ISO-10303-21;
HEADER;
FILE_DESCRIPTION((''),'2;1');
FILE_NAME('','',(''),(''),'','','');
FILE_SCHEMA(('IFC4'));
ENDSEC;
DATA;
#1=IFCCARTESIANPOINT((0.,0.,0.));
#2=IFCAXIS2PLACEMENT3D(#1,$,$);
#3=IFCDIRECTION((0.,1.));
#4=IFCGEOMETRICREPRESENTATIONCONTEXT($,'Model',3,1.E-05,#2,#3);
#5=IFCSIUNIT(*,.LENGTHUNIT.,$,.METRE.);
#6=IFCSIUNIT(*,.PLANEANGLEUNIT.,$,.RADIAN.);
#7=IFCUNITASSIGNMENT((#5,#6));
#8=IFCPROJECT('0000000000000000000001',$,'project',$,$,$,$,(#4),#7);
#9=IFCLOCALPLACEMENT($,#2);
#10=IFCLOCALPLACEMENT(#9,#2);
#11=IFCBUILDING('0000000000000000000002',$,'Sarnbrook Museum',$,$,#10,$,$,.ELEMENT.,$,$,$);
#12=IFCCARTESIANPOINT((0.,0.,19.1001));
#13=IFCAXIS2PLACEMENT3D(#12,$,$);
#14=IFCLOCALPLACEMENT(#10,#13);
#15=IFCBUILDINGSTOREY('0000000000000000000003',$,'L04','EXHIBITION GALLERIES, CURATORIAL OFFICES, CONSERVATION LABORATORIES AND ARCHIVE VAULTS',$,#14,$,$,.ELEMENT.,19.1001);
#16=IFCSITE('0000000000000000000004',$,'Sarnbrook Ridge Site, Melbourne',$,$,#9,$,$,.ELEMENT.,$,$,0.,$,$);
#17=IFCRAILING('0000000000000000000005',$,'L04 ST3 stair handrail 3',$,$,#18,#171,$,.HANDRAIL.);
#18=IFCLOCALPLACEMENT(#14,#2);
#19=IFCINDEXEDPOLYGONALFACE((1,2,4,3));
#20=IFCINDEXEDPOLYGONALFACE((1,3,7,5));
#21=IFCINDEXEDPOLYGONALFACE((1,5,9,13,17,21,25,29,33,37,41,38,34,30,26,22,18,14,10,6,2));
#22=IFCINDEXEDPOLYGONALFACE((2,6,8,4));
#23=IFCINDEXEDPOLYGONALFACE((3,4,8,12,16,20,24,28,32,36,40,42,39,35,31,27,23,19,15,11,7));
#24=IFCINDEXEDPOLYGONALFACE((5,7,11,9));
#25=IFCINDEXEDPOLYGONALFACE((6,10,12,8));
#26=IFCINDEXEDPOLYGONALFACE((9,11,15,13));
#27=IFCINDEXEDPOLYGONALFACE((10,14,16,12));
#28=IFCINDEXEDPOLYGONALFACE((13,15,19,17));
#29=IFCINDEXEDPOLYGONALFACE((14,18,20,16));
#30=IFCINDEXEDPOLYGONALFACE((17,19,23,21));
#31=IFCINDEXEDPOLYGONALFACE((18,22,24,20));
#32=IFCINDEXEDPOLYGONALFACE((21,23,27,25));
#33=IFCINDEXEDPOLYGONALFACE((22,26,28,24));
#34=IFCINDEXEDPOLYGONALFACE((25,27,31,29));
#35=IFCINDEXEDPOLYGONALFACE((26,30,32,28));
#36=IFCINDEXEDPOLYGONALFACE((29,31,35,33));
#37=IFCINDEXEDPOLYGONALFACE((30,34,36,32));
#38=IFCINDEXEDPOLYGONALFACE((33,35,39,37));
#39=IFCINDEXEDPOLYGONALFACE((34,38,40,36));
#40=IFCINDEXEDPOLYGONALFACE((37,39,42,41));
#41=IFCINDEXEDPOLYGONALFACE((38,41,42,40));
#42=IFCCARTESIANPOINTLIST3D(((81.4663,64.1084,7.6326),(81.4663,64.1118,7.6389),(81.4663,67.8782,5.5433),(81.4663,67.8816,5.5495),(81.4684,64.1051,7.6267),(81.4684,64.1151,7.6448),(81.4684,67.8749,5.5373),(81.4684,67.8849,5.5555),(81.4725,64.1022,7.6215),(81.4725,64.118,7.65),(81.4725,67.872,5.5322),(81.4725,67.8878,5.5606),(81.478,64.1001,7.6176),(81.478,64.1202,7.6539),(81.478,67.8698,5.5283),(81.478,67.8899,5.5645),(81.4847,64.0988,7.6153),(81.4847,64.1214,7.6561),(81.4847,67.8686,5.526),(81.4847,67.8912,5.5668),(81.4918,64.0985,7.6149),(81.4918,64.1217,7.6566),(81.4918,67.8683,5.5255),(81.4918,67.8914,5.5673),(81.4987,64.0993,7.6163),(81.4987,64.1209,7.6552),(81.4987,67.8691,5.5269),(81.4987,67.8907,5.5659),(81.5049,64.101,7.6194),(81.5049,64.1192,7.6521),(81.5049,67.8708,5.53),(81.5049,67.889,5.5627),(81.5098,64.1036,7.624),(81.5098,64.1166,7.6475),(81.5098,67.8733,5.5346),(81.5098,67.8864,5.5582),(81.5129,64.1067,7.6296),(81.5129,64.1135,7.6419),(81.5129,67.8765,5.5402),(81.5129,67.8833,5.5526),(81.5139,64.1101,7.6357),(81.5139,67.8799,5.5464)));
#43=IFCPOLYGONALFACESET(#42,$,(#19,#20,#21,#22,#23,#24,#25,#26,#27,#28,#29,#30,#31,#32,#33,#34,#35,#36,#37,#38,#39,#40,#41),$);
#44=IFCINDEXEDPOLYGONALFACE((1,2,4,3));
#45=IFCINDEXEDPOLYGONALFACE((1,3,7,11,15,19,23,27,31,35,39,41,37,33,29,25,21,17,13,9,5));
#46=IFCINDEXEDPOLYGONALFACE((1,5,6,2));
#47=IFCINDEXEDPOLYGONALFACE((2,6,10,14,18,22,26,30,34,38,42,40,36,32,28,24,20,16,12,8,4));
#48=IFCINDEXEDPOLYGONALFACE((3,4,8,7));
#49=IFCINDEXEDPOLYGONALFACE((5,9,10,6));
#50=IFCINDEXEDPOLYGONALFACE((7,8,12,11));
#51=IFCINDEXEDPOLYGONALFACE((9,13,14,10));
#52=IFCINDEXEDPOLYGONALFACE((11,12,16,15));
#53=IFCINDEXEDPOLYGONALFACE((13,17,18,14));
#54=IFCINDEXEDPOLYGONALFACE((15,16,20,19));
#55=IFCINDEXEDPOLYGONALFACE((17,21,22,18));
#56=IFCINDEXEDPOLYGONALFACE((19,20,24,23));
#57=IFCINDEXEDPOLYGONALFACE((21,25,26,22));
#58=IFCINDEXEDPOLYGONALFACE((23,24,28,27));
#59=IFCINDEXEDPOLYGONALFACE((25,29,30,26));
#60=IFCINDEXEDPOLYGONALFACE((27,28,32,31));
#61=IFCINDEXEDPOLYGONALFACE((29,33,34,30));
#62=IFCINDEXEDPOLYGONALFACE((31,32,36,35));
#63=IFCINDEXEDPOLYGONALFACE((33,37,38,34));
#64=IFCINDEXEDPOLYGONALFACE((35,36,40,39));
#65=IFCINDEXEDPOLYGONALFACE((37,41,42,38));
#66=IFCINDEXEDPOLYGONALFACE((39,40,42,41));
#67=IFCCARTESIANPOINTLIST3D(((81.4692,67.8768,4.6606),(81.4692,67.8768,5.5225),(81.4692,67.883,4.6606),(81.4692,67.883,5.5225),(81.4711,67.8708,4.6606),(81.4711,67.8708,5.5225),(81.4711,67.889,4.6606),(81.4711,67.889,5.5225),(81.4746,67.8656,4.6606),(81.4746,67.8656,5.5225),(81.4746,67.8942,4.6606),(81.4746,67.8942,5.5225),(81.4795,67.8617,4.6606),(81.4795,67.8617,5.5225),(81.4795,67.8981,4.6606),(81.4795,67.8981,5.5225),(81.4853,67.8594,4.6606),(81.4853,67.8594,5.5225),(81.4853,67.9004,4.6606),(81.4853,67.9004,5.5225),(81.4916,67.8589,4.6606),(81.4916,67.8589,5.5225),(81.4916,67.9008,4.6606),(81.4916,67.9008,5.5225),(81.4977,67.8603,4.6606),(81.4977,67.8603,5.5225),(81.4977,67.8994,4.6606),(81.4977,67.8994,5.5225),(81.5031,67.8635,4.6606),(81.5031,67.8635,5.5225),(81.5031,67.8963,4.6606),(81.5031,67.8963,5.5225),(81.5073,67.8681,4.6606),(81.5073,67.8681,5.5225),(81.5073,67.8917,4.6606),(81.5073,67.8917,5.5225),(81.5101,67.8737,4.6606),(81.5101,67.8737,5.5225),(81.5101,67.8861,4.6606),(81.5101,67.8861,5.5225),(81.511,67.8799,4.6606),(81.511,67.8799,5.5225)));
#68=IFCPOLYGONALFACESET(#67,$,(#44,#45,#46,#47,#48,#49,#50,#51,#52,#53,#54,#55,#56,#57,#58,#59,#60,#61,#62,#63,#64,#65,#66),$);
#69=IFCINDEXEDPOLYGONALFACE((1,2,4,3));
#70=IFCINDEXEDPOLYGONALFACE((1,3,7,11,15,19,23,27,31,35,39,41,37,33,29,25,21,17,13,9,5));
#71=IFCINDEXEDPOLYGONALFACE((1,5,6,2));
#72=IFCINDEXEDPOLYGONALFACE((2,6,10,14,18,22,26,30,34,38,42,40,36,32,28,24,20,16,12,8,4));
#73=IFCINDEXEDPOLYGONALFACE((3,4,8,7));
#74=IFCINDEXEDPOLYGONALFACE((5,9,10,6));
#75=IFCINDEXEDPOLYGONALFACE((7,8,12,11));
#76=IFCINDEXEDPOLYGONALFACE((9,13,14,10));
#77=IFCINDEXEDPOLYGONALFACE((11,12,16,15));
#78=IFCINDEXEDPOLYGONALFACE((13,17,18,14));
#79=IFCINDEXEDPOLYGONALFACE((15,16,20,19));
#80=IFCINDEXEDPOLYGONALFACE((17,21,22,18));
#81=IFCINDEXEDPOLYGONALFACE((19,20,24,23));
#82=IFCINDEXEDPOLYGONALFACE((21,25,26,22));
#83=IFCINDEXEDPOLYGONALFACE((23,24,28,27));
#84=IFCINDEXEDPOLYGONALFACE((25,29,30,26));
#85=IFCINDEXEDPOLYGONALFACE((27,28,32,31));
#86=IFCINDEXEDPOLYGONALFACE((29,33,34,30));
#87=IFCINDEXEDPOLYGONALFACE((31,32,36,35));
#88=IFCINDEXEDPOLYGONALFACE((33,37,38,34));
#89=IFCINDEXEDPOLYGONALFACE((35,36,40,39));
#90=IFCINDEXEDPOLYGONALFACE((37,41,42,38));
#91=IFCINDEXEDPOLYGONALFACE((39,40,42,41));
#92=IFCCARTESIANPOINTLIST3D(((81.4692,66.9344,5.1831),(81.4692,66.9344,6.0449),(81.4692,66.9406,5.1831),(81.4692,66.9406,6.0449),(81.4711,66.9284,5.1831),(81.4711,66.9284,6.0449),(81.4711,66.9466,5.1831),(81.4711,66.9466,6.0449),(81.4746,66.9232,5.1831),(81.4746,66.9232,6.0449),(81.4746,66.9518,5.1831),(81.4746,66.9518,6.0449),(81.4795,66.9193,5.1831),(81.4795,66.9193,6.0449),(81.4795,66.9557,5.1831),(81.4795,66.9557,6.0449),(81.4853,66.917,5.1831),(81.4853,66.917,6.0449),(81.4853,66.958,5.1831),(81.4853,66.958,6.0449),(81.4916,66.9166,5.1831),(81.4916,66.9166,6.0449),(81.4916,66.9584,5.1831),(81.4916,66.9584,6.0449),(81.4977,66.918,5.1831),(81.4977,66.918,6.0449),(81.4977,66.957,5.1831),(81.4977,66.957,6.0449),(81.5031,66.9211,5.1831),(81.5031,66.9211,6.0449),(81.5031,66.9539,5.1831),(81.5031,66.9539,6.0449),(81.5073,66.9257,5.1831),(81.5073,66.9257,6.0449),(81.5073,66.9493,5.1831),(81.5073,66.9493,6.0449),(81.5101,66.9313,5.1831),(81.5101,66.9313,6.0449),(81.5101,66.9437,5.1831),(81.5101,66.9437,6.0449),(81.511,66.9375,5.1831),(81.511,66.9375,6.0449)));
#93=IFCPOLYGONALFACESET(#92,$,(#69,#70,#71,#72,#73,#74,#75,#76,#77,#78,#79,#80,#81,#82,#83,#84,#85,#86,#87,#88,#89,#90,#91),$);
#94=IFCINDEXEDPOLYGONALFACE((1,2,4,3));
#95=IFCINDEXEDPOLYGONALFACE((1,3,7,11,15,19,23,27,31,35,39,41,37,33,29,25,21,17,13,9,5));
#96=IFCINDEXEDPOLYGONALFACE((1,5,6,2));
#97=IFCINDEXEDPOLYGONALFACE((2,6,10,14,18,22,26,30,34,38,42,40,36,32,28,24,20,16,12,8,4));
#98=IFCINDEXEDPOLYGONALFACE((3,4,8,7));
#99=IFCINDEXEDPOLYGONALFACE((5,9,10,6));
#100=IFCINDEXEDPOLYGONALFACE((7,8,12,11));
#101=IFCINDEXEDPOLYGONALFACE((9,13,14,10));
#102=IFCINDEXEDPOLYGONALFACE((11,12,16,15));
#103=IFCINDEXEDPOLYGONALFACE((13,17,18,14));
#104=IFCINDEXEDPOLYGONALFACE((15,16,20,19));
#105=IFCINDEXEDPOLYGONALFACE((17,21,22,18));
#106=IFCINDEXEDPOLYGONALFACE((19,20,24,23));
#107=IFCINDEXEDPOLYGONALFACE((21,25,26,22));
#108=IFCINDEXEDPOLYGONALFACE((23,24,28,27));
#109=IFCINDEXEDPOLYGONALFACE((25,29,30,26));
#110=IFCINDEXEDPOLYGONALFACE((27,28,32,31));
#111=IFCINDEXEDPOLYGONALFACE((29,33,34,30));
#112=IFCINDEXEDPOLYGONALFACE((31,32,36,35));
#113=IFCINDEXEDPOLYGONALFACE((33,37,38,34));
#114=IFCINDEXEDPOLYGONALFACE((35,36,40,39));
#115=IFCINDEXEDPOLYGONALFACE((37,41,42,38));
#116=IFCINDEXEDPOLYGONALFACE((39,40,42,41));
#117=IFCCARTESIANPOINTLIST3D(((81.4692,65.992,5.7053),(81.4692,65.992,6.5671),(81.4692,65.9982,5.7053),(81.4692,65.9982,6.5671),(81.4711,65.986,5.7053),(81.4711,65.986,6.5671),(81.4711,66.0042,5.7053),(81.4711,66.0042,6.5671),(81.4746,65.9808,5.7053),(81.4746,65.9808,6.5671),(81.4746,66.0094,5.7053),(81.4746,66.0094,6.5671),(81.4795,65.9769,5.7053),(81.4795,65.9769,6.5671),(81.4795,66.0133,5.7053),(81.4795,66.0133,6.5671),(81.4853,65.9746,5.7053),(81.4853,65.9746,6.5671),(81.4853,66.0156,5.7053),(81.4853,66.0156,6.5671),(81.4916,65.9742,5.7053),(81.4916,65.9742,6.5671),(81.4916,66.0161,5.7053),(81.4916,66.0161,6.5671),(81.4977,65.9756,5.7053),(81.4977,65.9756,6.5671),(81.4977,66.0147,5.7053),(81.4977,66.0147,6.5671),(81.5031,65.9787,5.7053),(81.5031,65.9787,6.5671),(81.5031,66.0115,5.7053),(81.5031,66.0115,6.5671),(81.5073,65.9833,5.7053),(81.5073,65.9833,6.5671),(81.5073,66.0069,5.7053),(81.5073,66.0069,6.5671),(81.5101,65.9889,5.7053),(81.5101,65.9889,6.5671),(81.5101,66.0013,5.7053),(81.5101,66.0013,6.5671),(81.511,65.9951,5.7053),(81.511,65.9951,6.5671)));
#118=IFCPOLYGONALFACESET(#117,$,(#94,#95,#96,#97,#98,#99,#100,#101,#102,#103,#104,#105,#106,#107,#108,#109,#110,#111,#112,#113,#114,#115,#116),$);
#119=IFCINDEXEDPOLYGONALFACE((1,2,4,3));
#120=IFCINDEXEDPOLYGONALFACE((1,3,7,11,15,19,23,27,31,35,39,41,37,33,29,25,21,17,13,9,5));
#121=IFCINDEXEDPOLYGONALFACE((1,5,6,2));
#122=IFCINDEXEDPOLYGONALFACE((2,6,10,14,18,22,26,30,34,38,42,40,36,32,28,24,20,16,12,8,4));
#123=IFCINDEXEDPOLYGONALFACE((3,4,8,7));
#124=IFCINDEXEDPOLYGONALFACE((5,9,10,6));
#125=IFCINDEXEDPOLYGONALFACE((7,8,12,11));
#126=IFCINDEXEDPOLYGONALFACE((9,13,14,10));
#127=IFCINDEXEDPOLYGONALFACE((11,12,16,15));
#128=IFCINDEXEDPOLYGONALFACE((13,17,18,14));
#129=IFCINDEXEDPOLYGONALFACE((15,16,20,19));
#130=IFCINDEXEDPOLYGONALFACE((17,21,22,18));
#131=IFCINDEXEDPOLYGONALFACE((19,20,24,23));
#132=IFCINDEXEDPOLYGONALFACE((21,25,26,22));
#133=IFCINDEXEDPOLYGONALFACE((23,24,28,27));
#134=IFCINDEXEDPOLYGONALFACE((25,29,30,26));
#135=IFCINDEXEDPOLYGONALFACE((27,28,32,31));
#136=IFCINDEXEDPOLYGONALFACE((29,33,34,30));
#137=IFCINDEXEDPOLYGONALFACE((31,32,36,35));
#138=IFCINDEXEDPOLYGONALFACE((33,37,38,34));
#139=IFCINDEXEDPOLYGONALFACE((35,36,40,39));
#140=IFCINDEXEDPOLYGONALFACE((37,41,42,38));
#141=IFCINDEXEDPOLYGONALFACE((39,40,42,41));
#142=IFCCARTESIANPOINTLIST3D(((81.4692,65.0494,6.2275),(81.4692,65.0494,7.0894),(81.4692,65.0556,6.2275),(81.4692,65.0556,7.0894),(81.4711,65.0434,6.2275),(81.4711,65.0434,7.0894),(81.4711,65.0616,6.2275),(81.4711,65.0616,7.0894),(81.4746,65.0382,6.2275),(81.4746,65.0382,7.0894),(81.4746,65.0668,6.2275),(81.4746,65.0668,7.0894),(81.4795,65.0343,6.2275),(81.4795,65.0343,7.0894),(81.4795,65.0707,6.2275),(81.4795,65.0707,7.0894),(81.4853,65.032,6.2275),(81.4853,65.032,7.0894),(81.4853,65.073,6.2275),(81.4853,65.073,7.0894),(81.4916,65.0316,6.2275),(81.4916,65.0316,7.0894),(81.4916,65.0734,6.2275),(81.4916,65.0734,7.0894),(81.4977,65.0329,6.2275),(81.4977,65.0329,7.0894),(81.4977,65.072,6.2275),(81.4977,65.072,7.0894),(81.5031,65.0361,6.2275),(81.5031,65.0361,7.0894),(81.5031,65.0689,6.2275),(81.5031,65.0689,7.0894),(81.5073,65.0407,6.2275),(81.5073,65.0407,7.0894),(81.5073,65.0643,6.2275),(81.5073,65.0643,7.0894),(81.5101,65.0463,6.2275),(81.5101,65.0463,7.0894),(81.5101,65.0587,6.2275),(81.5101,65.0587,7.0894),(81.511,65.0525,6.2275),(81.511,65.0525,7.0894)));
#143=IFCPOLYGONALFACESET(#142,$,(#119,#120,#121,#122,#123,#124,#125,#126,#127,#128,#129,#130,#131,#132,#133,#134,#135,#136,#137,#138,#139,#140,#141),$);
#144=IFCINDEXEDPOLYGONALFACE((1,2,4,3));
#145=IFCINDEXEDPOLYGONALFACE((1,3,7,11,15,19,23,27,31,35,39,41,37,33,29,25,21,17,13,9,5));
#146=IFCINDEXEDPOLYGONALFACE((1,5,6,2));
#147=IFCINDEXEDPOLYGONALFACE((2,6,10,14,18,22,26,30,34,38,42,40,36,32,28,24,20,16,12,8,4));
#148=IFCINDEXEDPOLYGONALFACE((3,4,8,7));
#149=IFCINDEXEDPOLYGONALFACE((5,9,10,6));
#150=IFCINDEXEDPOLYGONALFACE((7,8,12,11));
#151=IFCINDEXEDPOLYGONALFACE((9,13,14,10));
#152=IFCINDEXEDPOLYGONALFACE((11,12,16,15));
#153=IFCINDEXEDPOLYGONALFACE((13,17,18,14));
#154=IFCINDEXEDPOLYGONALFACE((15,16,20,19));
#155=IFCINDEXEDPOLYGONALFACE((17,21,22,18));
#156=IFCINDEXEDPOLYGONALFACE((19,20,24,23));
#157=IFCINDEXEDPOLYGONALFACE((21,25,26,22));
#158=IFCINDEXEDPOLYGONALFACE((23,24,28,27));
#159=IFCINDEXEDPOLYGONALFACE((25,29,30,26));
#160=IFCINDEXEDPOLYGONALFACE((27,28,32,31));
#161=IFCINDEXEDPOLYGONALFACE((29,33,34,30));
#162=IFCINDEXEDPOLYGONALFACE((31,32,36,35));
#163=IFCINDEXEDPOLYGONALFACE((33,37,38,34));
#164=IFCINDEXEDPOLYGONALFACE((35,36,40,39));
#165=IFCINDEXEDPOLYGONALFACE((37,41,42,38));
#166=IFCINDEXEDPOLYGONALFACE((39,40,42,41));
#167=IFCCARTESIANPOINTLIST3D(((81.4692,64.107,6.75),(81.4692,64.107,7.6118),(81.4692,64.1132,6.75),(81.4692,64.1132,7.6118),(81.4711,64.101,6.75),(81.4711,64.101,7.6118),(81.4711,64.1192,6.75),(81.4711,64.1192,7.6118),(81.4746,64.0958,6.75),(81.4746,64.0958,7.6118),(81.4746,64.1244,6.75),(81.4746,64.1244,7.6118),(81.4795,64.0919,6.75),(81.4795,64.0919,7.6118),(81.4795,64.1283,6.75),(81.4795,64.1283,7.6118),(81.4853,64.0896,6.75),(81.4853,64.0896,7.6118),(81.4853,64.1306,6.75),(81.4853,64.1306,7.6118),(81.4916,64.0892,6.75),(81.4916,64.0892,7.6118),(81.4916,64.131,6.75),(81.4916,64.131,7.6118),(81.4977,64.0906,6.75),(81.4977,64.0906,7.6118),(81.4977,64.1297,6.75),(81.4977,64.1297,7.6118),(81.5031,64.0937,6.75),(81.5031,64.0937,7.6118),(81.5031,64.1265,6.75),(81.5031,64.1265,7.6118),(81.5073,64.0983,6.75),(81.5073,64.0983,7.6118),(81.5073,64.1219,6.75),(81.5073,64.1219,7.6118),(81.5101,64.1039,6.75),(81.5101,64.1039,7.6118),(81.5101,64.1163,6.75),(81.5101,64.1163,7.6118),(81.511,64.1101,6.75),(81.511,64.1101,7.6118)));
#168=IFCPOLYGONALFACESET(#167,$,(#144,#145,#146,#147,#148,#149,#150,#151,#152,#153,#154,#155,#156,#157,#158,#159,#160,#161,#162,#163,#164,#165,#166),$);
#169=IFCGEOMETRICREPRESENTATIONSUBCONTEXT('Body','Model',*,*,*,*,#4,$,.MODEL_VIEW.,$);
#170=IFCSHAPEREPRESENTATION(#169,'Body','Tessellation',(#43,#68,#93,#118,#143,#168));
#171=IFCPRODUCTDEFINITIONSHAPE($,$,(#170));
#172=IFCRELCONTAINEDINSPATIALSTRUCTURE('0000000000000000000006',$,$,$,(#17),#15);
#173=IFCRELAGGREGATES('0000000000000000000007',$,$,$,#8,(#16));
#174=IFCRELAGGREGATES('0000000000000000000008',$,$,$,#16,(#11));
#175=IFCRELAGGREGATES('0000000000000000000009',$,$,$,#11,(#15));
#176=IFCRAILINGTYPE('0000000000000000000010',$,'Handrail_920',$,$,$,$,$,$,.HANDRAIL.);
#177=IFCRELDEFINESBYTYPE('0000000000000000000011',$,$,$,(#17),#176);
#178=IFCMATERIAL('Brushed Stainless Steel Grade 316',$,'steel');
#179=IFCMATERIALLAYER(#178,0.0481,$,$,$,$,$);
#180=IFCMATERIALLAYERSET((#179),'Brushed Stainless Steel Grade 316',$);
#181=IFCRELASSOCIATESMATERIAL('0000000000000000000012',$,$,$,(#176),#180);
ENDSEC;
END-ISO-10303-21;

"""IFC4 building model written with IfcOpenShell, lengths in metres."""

from ifc_helpers import new_model, si_unit, direction, frame, origin, origin_2d, place, context, subcontext, project, spatial, circle, extrude, material, layer, layer_set, type_object, element, save


model = new_model("IFC4")

# Units and contexts
model_context = context("Model", 3, precision=1e-05, world=origin(), true_north=direction((0.0, 1.0)))
body_context = subcontext(model_context, "Body", "Model", "MODEL_VIEW")
ifc_project = project(units=[si_unit("LENGTHUNIT", "METRE"), si_unit("PLANEANGLEUNIT", "RADIAN")], contexts=[model_context])

# Site, building, storey
site_placement = place(None, origin())
site = spatial("IfcSite", under=ifc_project, at=site_placement, Name="Sarnbrook Ridge Site, Melbourne", CompositionType="ELEMENT", RefElevation=0.0)
building_placement = place(site_placement, origin())
building = spatial("IfcBuilding", under=site, at=building_placement, Name="Sarnbrook Museum", CompositionType="ELEMENT")
storey_placement = place(building_placement, frame((0.0, 0.0, 19.1001)))
storey = spatial("IfcBuildingStorey", under=building, at=storey_placement, Name="L04", Description="EXHIBITION GALLERIES, CURATORIAL OFFICES, CONSERVATION LABORATORIES AND ARCHIVE VAULTS", CompositionType="ELEMENT", Elevation=19.1001)

# Shared definitions
ifc_material_1 = material(Name="Brushed Stainless Steel Grade 316", Category="steel")

# Railing
ifc_layer_1 = layer(ifc_material_1, 0.0481)
ifc_layer_set_1 = layer_set([ifc_layer_1], Name="Brushed Stainless Steel Grade 316")
railing_type_1 = type_object("IfcRailingType", Name="Handrail_920", PredefinedType="HANDRAIL", material=ifc_layer_set_1)
railing_1_placement = place(storey_placement, frame((81.49, 67.8799, 4.6606)))
element("IfcRailing", 1, at=railing_1_placement, inside=storey, type_object=railing_type_1, Name="L04 ST3 stair handrail 3", PredefinedType="HANDRAIL", context=body_context, shape_type="SweptSolid", body=[
    extrude(circle(Radius=0.0239, at=origin_2d()), frame((0.0, 0.0, 0.8857), z_axis=(0.0, -0.874646, 0.484763), x_axis=(1.0, 0.0, 0.0)), (0.0, 0.0, 1.0), 4.3101),
    extrude(circle(Radius=0.021, at=origin_2d()), origin(), (0.0, 0.0, 1.0), 0.8618),
    extrude(circle(Radius=0.021, at=origin_2d()), frame((0.0, -0.9424, 0.5225)), (0.0, 0.0, 1.0), 0.8618),
    extrude(circle(Radius=0.021, at=origin_2d()), frame((0.0, -1.8848, 1.0447)), (0.0, 0.0, 1.0), 0.8618),
    extrude(circle(Radius=0.021, at=origin_2d()), frame((0.0, -2.8274, 1.5669)), (0.0, 0.0, 1.0), 0.8618),
    extrude(circle(Radius=0.021, at=origin_2d()), frame((0.0, -3.7698, 2.0894)), (0.0, 0.0, 1.0), 0.8618),
])

save(model, "model.ifc")
